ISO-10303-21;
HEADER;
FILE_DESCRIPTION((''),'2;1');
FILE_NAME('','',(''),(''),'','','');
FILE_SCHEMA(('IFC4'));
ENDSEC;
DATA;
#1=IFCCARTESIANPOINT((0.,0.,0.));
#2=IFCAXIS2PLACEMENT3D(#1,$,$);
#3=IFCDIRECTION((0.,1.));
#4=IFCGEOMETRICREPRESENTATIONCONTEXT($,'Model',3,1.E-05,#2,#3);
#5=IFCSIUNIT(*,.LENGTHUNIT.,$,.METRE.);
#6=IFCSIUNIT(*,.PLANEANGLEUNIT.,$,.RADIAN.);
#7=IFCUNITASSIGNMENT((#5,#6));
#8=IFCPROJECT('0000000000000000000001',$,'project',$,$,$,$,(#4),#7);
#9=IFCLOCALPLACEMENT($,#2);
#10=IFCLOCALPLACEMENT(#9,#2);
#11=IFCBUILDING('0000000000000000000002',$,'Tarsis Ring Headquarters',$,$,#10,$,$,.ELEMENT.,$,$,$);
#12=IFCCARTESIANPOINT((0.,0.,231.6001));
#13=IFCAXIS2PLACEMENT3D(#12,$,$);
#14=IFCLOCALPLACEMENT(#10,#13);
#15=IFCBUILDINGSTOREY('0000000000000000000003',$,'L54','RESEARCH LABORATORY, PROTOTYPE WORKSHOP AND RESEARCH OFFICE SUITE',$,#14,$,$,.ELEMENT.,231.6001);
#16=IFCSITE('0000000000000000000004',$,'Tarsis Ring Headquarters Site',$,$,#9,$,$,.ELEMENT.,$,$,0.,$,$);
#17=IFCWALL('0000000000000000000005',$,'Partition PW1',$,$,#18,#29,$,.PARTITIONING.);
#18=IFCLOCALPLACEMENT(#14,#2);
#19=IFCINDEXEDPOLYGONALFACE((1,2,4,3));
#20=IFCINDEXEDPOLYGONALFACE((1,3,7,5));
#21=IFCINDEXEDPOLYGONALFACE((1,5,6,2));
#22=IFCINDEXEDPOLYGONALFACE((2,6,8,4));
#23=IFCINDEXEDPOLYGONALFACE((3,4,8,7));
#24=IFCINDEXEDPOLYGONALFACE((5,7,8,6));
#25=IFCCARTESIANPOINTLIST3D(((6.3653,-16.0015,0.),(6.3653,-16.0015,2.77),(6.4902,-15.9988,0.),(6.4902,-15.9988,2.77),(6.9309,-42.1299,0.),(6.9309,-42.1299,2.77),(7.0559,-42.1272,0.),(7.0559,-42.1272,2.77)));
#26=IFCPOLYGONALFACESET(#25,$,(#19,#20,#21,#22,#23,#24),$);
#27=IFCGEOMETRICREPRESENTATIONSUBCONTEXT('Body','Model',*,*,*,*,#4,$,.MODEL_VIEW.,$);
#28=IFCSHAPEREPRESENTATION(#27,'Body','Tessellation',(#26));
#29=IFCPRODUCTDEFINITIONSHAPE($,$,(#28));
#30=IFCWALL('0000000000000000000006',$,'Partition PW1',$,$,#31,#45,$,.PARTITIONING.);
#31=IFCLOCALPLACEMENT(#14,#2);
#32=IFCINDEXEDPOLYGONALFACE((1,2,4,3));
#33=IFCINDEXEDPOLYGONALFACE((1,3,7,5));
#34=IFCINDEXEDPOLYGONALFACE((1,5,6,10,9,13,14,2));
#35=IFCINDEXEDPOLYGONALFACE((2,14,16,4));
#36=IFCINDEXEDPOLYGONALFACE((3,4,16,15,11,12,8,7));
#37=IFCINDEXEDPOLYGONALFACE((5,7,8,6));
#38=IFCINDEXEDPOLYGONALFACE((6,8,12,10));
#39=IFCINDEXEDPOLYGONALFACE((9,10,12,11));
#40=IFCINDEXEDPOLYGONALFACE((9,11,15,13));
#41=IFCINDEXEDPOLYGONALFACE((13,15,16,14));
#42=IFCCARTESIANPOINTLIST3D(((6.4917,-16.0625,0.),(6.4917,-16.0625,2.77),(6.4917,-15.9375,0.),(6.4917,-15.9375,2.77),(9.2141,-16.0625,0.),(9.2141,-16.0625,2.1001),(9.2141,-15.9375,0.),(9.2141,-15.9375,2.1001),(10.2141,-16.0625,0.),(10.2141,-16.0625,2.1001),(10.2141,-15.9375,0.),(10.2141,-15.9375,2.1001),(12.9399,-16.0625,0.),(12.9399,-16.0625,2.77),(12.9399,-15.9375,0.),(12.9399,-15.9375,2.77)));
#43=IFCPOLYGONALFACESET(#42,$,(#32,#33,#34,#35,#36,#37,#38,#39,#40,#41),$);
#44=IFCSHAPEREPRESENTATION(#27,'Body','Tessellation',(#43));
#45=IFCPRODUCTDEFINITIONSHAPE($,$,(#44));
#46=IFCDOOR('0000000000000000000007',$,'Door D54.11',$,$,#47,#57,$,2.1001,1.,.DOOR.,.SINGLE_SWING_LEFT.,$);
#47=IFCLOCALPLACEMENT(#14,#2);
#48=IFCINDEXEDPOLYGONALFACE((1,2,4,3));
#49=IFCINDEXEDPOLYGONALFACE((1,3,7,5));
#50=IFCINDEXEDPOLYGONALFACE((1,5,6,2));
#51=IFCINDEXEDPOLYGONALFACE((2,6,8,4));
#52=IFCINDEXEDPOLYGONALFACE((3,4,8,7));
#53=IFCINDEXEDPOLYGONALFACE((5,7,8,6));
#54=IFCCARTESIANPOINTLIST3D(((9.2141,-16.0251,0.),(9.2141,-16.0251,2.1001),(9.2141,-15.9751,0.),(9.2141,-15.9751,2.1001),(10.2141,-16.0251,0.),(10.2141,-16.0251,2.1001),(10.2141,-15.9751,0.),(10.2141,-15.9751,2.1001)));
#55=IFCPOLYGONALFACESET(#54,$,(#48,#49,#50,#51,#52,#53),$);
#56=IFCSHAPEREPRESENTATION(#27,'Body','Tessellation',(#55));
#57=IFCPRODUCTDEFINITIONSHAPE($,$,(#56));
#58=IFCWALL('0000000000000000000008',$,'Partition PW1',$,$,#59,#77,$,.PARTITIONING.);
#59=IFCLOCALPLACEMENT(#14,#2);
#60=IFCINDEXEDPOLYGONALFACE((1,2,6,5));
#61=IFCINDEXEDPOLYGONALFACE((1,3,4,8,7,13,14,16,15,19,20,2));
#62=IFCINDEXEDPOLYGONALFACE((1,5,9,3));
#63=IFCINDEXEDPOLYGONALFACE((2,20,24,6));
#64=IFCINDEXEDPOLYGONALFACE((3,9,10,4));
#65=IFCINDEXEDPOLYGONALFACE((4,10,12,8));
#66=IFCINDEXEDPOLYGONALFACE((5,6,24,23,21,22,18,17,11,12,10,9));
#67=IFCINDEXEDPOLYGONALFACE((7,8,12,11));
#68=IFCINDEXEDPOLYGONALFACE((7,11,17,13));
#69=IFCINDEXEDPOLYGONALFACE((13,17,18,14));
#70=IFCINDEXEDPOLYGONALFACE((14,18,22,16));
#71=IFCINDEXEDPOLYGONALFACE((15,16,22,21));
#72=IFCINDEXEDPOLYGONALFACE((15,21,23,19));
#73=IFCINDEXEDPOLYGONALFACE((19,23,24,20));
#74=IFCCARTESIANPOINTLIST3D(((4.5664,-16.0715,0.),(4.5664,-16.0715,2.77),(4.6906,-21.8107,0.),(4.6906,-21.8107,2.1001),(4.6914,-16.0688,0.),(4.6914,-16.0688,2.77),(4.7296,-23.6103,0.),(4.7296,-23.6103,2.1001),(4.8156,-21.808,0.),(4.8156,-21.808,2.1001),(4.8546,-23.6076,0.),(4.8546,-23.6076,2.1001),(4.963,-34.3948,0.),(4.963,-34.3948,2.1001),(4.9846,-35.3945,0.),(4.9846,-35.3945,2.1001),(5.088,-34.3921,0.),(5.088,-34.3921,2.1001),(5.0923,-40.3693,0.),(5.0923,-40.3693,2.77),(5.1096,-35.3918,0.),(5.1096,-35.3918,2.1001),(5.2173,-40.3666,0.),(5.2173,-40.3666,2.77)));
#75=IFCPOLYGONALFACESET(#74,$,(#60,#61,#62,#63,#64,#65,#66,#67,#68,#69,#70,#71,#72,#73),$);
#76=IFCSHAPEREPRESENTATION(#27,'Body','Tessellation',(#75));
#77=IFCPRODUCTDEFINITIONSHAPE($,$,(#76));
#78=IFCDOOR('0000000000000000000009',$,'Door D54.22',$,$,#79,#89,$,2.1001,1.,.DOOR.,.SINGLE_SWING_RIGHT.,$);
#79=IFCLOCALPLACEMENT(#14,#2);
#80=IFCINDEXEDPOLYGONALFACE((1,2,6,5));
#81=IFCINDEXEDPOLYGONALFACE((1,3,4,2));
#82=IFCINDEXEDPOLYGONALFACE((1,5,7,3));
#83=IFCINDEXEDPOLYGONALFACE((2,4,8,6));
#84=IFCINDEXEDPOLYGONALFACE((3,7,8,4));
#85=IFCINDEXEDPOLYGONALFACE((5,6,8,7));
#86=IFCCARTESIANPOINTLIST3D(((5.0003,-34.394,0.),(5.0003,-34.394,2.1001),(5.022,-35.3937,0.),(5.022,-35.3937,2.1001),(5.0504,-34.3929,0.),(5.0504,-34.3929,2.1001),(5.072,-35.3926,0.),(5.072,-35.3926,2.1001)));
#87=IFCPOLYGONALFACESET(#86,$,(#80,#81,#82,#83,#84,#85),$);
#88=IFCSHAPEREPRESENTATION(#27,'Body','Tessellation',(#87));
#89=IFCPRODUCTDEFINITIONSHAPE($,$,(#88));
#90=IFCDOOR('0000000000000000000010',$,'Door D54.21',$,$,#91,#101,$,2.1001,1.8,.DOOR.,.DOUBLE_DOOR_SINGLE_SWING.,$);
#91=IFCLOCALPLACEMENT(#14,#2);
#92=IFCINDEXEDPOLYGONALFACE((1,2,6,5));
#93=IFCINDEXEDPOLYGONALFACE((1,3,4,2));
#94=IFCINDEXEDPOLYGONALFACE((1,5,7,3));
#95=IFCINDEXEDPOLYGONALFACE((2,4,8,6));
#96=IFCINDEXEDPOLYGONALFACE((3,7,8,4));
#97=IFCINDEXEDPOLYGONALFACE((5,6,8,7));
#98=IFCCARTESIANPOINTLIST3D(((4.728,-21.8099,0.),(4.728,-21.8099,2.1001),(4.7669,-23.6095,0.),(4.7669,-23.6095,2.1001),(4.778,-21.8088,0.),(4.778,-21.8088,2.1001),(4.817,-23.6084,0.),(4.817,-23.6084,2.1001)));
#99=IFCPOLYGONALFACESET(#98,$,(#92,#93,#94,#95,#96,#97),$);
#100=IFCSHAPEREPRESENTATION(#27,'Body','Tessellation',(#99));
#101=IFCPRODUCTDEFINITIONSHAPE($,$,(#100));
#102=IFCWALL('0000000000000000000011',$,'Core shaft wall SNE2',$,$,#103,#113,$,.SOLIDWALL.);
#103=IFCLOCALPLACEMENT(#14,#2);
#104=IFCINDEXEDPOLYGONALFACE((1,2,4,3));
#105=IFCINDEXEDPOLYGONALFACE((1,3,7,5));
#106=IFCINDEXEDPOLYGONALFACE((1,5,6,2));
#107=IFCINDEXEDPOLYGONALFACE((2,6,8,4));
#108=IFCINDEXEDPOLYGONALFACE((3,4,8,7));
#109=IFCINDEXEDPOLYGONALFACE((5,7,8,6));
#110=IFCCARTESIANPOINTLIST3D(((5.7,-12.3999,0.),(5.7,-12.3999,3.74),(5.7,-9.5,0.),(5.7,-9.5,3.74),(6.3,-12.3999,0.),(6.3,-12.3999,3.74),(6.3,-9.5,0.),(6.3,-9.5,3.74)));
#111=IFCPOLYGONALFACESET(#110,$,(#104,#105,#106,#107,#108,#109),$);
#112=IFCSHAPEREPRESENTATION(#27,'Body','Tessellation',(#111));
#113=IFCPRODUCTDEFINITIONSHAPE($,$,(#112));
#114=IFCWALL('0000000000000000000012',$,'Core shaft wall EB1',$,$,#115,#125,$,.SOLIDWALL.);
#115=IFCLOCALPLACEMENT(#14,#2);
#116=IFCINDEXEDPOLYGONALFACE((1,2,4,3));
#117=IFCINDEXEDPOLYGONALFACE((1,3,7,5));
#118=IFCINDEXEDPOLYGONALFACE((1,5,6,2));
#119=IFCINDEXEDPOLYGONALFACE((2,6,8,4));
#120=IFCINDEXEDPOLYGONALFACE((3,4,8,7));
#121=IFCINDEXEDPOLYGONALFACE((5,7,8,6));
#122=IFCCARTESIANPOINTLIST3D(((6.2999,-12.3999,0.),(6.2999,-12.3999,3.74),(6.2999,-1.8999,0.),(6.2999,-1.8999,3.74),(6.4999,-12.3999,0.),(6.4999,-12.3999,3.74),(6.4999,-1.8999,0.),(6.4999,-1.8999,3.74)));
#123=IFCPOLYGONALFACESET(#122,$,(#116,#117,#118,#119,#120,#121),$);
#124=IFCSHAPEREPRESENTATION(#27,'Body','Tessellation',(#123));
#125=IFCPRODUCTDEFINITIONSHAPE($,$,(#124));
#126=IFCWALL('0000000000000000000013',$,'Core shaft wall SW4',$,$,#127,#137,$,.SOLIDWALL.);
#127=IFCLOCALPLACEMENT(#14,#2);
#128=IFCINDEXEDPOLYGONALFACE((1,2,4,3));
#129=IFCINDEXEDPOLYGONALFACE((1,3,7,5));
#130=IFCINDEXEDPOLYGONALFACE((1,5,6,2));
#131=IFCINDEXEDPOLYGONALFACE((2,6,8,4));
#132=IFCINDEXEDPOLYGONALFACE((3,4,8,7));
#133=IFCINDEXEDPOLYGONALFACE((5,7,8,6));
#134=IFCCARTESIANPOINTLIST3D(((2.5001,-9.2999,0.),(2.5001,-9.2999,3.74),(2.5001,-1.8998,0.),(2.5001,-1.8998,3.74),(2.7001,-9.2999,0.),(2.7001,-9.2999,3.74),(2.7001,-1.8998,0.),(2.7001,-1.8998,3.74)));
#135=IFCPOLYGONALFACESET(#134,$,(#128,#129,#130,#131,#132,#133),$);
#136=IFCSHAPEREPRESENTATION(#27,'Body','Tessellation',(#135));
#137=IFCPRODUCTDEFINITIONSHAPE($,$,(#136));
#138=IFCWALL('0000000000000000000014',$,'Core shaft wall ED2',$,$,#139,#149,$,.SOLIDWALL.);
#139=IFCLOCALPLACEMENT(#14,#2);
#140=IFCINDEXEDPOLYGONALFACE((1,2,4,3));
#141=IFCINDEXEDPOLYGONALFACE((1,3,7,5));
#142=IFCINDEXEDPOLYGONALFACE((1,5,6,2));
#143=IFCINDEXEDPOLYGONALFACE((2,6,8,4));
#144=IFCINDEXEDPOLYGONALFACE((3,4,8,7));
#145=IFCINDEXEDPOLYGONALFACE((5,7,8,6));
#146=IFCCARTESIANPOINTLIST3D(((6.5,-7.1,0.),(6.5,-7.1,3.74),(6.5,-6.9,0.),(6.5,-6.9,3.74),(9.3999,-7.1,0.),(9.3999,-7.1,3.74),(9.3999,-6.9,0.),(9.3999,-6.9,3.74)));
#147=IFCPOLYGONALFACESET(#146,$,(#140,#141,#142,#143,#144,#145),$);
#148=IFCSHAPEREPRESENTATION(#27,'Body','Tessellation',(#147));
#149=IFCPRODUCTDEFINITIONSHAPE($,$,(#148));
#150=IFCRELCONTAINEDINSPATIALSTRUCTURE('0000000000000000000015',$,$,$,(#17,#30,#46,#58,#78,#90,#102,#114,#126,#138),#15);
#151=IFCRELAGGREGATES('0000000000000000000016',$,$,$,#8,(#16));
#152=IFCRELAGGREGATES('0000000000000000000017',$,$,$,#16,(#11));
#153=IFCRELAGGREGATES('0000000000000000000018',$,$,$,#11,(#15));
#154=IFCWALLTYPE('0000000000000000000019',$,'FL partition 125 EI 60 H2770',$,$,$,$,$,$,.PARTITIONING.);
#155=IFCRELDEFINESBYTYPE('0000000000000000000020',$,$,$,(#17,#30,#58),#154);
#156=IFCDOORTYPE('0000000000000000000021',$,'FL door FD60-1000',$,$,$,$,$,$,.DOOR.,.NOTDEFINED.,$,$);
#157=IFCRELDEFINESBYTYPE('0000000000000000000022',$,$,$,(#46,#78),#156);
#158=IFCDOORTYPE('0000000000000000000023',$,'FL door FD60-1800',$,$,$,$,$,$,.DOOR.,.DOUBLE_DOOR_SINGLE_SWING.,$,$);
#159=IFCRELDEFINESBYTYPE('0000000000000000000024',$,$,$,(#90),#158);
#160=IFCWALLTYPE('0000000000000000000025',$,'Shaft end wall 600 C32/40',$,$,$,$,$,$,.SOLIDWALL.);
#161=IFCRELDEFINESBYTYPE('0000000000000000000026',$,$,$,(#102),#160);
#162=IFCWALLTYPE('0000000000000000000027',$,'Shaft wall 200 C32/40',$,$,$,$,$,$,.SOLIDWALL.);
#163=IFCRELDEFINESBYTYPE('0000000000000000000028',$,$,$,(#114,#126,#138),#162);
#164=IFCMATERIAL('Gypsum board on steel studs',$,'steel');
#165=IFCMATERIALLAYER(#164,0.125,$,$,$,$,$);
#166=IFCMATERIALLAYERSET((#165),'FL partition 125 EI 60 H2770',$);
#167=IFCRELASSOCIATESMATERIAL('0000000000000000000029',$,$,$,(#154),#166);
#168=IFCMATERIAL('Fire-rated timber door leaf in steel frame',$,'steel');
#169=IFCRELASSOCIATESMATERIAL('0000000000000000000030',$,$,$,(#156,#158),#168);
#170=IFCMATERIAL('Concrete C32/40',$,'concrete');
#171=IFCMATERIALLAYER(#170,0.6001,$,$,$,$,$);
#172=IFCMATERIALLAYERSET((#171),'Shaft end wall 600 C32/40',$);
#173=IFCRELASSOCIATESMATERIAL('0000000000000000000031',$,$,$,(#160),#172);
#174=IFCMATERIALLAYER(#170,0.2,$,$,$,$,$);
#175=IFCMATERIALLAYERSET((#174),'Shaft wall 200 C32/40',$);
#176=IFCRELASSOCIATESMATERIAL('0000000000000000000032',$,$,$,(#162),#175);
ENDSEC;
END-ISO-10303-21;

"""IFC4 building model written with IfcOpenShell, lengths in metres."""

from ifc_helpers import new_model, si_unit, direction, frame, frame_2d, origin, place, context, subcontext, project, spatial, rectangle, extrude, material, layer, layer_set, type_object, element, fill, save


model = new_model("IFC4")

# Units and contexts
model_context = context("Model", 3, precision=1e-05, world=origin(), true_north=direction((0.0, 1.0)))
body_context = subcontext(model_context, "Body", "Model", "MODEL_VIEW")
ifc_project = project(units=[si_unit("LENGTHUNIT", "METRE"), si_unit("PLANEANGLEUNIT", "RADIAN")], contexts=[model_context])

# Site, building, storey
site_placement = place(None, origin())
site = spatial("IfcSite", under=ifc_project, at=site_placement, Name="Tarsis Ring Headquarters Site", CompositionType="ELEMENT", RefElevation=0.0)
building_placement = place(site_placement, origin())
building = spatial("IfcBuilding", under=site, at=building_placement, Name="Tarsis Ring Headquarters", CompositionType="ELEMENT")
storey_placement = place(building_placement, frame((0.0, 0.0, 231.6001)))
storey = spatial("IfcBuildingStorey", under=building, at=storey_placement, Name="L54", Description="RESEARCH LABORATORY, PROTOTYPE WORKSHOP AND RESEARCH OFFICE SUITE", CompositionType="ELEMENT", Elevation=231.6001)

# Wall
ifc_material_1 = material(Name="Gypsum board on steel studs", Category="steel")
ifc_layer_1 = layer(ifc_material_1, 0.125)
ifc_layer_set_1 = layer_set([ifc_layer_1], Name="FL partition 125 EI 60 H2770")
wall_type_1 = type_object("IfcWallType", Name="FL partition 125 EI 60 H2770", PredefinedType="PARTITIONING", material=ifc_layer_set_1)
wall_1_placement = place(storey_placement, frame((6.4277, -16.0, 0.0), z_axis=(0.0, 0.0, 1.0), x_axis=(0.021645, -0.999766, 0.0)))
element("IfcWall", 1, at=wall_1_placement, inside=storey, type_object=wall_type_1, Name="Partition PW1", PredefinedType="PARTITIONING", context=body_context, shape_type="SweptSolid", body=[
    extrude(rectangle(XDim=26.1345, YDim=0.125, at=frame_2d((13.0674, 0.0))), origin(), (0.0, 0.0, 1.0), 2.77),
])

# Wall, opening, door
wall_2_placement = place(storey_placement, frame((6.4917, -16.0, 0.0), z_axis=(0.0, 0.0, 1.0), x_axis=(1.0, 0.0, 0.0)))
wall_2 = element("IfcWall", 2, at=wall_2_placement, inside=storey, type_object=wall_type_1, Name="Partition PW1", PredefinedType="PARTITIONING", context=body_context, shape_type="SweptSolid", body=[
    extrude(rectangle(XDim=6.4482, YDim=0.125, at=frame_2d((3.2241, 0.0))), origin(), (0.0, 0.0, 1.0), 2.77),
])
opening_1_placement = place(wall_2_placement, frame((2.7224, 0.0, 0.0)))
opening_1 = element("IfcOpeningElement", 3, at=opening_1_placement, cuts=wall_2, PredefinedType="OPENING", context=body_context, shape_type="SweptSolid", body=[
    extrude(rectangle(XDim=1.0, YDim=2.1001, at=frame_2d((0.5, 1.05))), frame((0.0, 0.0725, 0.0), z_axis=(0.0, -1.0, 0.0), x_axis=(1.0, 0.0, 0.0)), (0.0, 0.0, 1.0), 0.145),
])
ifc_material_2 = material(Name="Fire-rated timber door leaf in steel frame", Category="steel")
door_type_1 = type_object("IfcDoorType", Name="FL door FD60-1000", OperationType="NOTDEFINED", PredefinedType="DOOR", material=ifc_material_2)
door_1_placement = place(opening_1_placement, origin())
door_1 = element("IfcDoor", 4, at=door_1_placement, inside=storey, type_object=door_type_1, Name="Door D54.11", OperationType="SINGLE_SWING_LEFT", OverallHeight=2.1001, OverallWidth=1.0, PredefinedType="DOOR", context=body_context, shape_type="SweptSolid", body=[
    extrude(rectangle(XDim=1.0, YDim=2.1001, at=frame_2d((0.5, 1.05))), frame((0.0, 0.0249, 0.0), z_axis=(0.0, -1.0, 0.0), x_axis=(1.0, 0.0, 0.0)), (0.0, 0.0, 1.0), 0.05),
])
fill(opening_1, door_1)

# Wall, openings, doors
wall_3_placement = place(storey_placement, frame((4.6289, -16.0701, 0.0), z_axis=(0.0, 0.0, 1.0), x_axis=(0.021638, -0.999766, 0.0)))
wall_3 = element("IfcWall", 5, at=wall_3_placement, inside=storey, type_object=wall_type_1, Name="Partition PW1", PredefinedType="PARTITIONING", context=body_context, shape_type="SweptSolid", body=[
    extrude(rectangle(XDim=24.3035, YDim=0.125, at=frame_2d((12.1519, 0.0))), origin(), (0.0, 0.0, 1.0), 2.77),
])
opening_2_placement = place(wall_3_placement, frame((5.7407, 0.0, 0.0)))
opening_2 = element("IfcOpeningElement", 6, at=opening_2_placement, cuts=wall_3, PredefinedType="OPENING", context=body_context, shape_type="SweptSolid", body=[
    extrude(rectangle(XDim=1.8, YDim=2.1001, at=frame_2d((0.8999, 1.05))), frame((0.0, 0.0725, 0.0), z_axis=(0.0, -1.0, 0.0), x_axis=(1.0, 0.0, 0.0)), (0.0, 0.0, 1.0), 0.145),
])
opening_3_placement = place(wall_3_placement, frame((18.3276, 0.0, 0.0)))
opening_3 = element("IfcOpeningElement", 7, at=opening_3_placement, cuts=wall_3, PredefinedType="OPENING", context=body_context, shape_type="SweptSolid", body=[
    extrude(rectangle(XDim=1.0, YDim=2.1001, at=frame_2d((0.5, 1.05))), frame((0.0, 0.0725, 0.0), z_axis=(0.0, -1.0, 0.0), x_axis=(1.0, 0.0, 0.0)), (0.0, 0.0, 1.0), 0.145),
])
door_2_placement = place(opening_3_placement, origin())
door_2 = element("IfcDoor", 8, at=door_2_placement, inside=storey, type_object=door_type_1, Name="Door D54.22", OperationType="SINGLE_SWING_RIGHT", OverallHeight=2.1001, OverallWidth=1.0, PredefinedType="DOOR", context=body_context, shape_type="SweptSolid", body=[
    extrude(rectangle(XDim=1.0, YDim=2.1001, at=frame_2d((0.5, 1.05))), frame((0.0, 0.0249, 0.0), z_axis=(0.0, -1.0, 0.0), x_axis=(1.0, 0.0, 0.0)), (0.0, 0.0, 1.0), 0.05),
])
fill(opening_3, door_2)
door_type_2 = type_object("IfcDoorType", Name="FL door FD60-1800", OperationType="DOUBLE_DOOR_SINGLE_SWING", PredefinedType="DOOR", material=ifc_material_2)
door_3_placement = place(opening_2_placement, origin())
door_3 = element("IfcDoor", 9, at=door_3_placement, inside=storey, type_object=door_type_2, Name="Door D54.21", OperationType="DOUBLE_DOOR_SINGLE_SWING", OverallHeight=2.1001, OverallWidth=1.8, PredefinedType="DOOR", context=body_context, shape_type="SweptSolid", body=[
    extrude(rectangle(XDim=1.8, YDim=2.1001, at=frame_2d((0.8999, 1.05))), frame((0.0, 0.0249, 0.0), z_axis=(0.0, -1.0, 0.0), x_axis=(1.0, 0.0, 0.0)), (0.0, 0.0, 1.0), 0.05),
])
fill(opening_2, door_3)

# Walls
ifc_material_3 = material(Name="Concrete C32/40", Category="concrete")
ifc_layer_2 = layer(ifc_material_3, 0.6001)
ifc_layer_set_2 = layer_set([ifc_layer_2], Name="Shaft end wall 600 C32/40")
wall_type_2 = type_object("IfcWallType", Name="Shaft end wall 600 C32/40", PredefinedType="SOLIDWALL", material=ifc_layer_set_2)
wall_4_placement = place(storey_placement, frame((6.0, -12.3999, 0.0), z_axis=(0.0, 0.0, 1.0), x_axis=(0.0, 1.0, 0.0)))
element("IfcWall", 10, at=wall_4_placement, inside=storey, type_object=wall_type_2, Name="Core shaft wall SNE2", PredefinedType="SOLIDWALL", context=body_context, shape_type="SweptSolid", body=[
    extrude(rectangle(XDim=2.8999, YDim=0.6001, at=frame_2d((1.45, 0.0))), origin(), (0.0, 0.0, 1.0), 3.74),
])
ifc_layer_3 = layer(ifc_material_3, 0.2)
ifc_layer_set_3 = layer_set([ifc_layer_3], Name="Shaft wall 200 C32/40")
wall_type_3 = type_object("IfcWallType", Name="Shaft wall 200 C32/40", PredefinedType="SOLIDWALL", material=ifc_layer_set_3)
wall_5_placement = place(storey_placement, frame((6.3999, -12.3999, 0.0), z_axis=(0.0, 0.0, 1.0), x_axis=(0.0, 1.0, 0.0)))
element("IfcWall", 11, at=wall_5_placement, inside=storey, type_object=wall_type_3, Name="Core shaft wall EB1", PredefinedType="SOLIDWALL", context=body_context, shape_type="SweptSolid", body=[
    extrude(rectangle(XDim=10.5, YDim=0.2, at=frame_2d((5.25, 0.0))), origin(), (0.0, 0.0, 1.0), 3.74),
])
wall_6_placement = place(storey_placement, frame((2.6001, -9.3, 0.0), z_axis=(0.0, 0.0, 1.0), x_axis=(0.0, 1.0, 0.0)))
element("IfcWall", 12, at=wall_6_placement, inside=storey, type_object=wall_type_3, Name="Core shaft wall SW4", PredefinedType="SOLIDWALL", context=body_context, shape_type="SweptSolid", body=[
    extrude(rectangle(XDim=7.4001, YDim=0.2, at=frame_2d((3.7002, 0.0))), origin(), (0.0, 0.0, 1.0), 3.74),
])
wall_7_placement = place(storey_placement, frame((6.5, -7.0, 0.0), z_axis=(0.0, 0.0, 1.0), x_axis=(1.0, 0.0, 0.0)))
element("IfcWall", 13, at=wall_7_placement, inside=storey, type_object=wall_type_3, Name="Core shaft wall ED2", PredefinedType="SOLIDWALL", context=body_context, shape_type="SweptSolid", body=[
    extrude(rectangle(XDim=2.8999, YDim=0.2, at=frame_2d((1.45, 0.0))), origin(), (0.0, 0.0, 1.0), 3.74),
])

save(model, "model.ifc")
